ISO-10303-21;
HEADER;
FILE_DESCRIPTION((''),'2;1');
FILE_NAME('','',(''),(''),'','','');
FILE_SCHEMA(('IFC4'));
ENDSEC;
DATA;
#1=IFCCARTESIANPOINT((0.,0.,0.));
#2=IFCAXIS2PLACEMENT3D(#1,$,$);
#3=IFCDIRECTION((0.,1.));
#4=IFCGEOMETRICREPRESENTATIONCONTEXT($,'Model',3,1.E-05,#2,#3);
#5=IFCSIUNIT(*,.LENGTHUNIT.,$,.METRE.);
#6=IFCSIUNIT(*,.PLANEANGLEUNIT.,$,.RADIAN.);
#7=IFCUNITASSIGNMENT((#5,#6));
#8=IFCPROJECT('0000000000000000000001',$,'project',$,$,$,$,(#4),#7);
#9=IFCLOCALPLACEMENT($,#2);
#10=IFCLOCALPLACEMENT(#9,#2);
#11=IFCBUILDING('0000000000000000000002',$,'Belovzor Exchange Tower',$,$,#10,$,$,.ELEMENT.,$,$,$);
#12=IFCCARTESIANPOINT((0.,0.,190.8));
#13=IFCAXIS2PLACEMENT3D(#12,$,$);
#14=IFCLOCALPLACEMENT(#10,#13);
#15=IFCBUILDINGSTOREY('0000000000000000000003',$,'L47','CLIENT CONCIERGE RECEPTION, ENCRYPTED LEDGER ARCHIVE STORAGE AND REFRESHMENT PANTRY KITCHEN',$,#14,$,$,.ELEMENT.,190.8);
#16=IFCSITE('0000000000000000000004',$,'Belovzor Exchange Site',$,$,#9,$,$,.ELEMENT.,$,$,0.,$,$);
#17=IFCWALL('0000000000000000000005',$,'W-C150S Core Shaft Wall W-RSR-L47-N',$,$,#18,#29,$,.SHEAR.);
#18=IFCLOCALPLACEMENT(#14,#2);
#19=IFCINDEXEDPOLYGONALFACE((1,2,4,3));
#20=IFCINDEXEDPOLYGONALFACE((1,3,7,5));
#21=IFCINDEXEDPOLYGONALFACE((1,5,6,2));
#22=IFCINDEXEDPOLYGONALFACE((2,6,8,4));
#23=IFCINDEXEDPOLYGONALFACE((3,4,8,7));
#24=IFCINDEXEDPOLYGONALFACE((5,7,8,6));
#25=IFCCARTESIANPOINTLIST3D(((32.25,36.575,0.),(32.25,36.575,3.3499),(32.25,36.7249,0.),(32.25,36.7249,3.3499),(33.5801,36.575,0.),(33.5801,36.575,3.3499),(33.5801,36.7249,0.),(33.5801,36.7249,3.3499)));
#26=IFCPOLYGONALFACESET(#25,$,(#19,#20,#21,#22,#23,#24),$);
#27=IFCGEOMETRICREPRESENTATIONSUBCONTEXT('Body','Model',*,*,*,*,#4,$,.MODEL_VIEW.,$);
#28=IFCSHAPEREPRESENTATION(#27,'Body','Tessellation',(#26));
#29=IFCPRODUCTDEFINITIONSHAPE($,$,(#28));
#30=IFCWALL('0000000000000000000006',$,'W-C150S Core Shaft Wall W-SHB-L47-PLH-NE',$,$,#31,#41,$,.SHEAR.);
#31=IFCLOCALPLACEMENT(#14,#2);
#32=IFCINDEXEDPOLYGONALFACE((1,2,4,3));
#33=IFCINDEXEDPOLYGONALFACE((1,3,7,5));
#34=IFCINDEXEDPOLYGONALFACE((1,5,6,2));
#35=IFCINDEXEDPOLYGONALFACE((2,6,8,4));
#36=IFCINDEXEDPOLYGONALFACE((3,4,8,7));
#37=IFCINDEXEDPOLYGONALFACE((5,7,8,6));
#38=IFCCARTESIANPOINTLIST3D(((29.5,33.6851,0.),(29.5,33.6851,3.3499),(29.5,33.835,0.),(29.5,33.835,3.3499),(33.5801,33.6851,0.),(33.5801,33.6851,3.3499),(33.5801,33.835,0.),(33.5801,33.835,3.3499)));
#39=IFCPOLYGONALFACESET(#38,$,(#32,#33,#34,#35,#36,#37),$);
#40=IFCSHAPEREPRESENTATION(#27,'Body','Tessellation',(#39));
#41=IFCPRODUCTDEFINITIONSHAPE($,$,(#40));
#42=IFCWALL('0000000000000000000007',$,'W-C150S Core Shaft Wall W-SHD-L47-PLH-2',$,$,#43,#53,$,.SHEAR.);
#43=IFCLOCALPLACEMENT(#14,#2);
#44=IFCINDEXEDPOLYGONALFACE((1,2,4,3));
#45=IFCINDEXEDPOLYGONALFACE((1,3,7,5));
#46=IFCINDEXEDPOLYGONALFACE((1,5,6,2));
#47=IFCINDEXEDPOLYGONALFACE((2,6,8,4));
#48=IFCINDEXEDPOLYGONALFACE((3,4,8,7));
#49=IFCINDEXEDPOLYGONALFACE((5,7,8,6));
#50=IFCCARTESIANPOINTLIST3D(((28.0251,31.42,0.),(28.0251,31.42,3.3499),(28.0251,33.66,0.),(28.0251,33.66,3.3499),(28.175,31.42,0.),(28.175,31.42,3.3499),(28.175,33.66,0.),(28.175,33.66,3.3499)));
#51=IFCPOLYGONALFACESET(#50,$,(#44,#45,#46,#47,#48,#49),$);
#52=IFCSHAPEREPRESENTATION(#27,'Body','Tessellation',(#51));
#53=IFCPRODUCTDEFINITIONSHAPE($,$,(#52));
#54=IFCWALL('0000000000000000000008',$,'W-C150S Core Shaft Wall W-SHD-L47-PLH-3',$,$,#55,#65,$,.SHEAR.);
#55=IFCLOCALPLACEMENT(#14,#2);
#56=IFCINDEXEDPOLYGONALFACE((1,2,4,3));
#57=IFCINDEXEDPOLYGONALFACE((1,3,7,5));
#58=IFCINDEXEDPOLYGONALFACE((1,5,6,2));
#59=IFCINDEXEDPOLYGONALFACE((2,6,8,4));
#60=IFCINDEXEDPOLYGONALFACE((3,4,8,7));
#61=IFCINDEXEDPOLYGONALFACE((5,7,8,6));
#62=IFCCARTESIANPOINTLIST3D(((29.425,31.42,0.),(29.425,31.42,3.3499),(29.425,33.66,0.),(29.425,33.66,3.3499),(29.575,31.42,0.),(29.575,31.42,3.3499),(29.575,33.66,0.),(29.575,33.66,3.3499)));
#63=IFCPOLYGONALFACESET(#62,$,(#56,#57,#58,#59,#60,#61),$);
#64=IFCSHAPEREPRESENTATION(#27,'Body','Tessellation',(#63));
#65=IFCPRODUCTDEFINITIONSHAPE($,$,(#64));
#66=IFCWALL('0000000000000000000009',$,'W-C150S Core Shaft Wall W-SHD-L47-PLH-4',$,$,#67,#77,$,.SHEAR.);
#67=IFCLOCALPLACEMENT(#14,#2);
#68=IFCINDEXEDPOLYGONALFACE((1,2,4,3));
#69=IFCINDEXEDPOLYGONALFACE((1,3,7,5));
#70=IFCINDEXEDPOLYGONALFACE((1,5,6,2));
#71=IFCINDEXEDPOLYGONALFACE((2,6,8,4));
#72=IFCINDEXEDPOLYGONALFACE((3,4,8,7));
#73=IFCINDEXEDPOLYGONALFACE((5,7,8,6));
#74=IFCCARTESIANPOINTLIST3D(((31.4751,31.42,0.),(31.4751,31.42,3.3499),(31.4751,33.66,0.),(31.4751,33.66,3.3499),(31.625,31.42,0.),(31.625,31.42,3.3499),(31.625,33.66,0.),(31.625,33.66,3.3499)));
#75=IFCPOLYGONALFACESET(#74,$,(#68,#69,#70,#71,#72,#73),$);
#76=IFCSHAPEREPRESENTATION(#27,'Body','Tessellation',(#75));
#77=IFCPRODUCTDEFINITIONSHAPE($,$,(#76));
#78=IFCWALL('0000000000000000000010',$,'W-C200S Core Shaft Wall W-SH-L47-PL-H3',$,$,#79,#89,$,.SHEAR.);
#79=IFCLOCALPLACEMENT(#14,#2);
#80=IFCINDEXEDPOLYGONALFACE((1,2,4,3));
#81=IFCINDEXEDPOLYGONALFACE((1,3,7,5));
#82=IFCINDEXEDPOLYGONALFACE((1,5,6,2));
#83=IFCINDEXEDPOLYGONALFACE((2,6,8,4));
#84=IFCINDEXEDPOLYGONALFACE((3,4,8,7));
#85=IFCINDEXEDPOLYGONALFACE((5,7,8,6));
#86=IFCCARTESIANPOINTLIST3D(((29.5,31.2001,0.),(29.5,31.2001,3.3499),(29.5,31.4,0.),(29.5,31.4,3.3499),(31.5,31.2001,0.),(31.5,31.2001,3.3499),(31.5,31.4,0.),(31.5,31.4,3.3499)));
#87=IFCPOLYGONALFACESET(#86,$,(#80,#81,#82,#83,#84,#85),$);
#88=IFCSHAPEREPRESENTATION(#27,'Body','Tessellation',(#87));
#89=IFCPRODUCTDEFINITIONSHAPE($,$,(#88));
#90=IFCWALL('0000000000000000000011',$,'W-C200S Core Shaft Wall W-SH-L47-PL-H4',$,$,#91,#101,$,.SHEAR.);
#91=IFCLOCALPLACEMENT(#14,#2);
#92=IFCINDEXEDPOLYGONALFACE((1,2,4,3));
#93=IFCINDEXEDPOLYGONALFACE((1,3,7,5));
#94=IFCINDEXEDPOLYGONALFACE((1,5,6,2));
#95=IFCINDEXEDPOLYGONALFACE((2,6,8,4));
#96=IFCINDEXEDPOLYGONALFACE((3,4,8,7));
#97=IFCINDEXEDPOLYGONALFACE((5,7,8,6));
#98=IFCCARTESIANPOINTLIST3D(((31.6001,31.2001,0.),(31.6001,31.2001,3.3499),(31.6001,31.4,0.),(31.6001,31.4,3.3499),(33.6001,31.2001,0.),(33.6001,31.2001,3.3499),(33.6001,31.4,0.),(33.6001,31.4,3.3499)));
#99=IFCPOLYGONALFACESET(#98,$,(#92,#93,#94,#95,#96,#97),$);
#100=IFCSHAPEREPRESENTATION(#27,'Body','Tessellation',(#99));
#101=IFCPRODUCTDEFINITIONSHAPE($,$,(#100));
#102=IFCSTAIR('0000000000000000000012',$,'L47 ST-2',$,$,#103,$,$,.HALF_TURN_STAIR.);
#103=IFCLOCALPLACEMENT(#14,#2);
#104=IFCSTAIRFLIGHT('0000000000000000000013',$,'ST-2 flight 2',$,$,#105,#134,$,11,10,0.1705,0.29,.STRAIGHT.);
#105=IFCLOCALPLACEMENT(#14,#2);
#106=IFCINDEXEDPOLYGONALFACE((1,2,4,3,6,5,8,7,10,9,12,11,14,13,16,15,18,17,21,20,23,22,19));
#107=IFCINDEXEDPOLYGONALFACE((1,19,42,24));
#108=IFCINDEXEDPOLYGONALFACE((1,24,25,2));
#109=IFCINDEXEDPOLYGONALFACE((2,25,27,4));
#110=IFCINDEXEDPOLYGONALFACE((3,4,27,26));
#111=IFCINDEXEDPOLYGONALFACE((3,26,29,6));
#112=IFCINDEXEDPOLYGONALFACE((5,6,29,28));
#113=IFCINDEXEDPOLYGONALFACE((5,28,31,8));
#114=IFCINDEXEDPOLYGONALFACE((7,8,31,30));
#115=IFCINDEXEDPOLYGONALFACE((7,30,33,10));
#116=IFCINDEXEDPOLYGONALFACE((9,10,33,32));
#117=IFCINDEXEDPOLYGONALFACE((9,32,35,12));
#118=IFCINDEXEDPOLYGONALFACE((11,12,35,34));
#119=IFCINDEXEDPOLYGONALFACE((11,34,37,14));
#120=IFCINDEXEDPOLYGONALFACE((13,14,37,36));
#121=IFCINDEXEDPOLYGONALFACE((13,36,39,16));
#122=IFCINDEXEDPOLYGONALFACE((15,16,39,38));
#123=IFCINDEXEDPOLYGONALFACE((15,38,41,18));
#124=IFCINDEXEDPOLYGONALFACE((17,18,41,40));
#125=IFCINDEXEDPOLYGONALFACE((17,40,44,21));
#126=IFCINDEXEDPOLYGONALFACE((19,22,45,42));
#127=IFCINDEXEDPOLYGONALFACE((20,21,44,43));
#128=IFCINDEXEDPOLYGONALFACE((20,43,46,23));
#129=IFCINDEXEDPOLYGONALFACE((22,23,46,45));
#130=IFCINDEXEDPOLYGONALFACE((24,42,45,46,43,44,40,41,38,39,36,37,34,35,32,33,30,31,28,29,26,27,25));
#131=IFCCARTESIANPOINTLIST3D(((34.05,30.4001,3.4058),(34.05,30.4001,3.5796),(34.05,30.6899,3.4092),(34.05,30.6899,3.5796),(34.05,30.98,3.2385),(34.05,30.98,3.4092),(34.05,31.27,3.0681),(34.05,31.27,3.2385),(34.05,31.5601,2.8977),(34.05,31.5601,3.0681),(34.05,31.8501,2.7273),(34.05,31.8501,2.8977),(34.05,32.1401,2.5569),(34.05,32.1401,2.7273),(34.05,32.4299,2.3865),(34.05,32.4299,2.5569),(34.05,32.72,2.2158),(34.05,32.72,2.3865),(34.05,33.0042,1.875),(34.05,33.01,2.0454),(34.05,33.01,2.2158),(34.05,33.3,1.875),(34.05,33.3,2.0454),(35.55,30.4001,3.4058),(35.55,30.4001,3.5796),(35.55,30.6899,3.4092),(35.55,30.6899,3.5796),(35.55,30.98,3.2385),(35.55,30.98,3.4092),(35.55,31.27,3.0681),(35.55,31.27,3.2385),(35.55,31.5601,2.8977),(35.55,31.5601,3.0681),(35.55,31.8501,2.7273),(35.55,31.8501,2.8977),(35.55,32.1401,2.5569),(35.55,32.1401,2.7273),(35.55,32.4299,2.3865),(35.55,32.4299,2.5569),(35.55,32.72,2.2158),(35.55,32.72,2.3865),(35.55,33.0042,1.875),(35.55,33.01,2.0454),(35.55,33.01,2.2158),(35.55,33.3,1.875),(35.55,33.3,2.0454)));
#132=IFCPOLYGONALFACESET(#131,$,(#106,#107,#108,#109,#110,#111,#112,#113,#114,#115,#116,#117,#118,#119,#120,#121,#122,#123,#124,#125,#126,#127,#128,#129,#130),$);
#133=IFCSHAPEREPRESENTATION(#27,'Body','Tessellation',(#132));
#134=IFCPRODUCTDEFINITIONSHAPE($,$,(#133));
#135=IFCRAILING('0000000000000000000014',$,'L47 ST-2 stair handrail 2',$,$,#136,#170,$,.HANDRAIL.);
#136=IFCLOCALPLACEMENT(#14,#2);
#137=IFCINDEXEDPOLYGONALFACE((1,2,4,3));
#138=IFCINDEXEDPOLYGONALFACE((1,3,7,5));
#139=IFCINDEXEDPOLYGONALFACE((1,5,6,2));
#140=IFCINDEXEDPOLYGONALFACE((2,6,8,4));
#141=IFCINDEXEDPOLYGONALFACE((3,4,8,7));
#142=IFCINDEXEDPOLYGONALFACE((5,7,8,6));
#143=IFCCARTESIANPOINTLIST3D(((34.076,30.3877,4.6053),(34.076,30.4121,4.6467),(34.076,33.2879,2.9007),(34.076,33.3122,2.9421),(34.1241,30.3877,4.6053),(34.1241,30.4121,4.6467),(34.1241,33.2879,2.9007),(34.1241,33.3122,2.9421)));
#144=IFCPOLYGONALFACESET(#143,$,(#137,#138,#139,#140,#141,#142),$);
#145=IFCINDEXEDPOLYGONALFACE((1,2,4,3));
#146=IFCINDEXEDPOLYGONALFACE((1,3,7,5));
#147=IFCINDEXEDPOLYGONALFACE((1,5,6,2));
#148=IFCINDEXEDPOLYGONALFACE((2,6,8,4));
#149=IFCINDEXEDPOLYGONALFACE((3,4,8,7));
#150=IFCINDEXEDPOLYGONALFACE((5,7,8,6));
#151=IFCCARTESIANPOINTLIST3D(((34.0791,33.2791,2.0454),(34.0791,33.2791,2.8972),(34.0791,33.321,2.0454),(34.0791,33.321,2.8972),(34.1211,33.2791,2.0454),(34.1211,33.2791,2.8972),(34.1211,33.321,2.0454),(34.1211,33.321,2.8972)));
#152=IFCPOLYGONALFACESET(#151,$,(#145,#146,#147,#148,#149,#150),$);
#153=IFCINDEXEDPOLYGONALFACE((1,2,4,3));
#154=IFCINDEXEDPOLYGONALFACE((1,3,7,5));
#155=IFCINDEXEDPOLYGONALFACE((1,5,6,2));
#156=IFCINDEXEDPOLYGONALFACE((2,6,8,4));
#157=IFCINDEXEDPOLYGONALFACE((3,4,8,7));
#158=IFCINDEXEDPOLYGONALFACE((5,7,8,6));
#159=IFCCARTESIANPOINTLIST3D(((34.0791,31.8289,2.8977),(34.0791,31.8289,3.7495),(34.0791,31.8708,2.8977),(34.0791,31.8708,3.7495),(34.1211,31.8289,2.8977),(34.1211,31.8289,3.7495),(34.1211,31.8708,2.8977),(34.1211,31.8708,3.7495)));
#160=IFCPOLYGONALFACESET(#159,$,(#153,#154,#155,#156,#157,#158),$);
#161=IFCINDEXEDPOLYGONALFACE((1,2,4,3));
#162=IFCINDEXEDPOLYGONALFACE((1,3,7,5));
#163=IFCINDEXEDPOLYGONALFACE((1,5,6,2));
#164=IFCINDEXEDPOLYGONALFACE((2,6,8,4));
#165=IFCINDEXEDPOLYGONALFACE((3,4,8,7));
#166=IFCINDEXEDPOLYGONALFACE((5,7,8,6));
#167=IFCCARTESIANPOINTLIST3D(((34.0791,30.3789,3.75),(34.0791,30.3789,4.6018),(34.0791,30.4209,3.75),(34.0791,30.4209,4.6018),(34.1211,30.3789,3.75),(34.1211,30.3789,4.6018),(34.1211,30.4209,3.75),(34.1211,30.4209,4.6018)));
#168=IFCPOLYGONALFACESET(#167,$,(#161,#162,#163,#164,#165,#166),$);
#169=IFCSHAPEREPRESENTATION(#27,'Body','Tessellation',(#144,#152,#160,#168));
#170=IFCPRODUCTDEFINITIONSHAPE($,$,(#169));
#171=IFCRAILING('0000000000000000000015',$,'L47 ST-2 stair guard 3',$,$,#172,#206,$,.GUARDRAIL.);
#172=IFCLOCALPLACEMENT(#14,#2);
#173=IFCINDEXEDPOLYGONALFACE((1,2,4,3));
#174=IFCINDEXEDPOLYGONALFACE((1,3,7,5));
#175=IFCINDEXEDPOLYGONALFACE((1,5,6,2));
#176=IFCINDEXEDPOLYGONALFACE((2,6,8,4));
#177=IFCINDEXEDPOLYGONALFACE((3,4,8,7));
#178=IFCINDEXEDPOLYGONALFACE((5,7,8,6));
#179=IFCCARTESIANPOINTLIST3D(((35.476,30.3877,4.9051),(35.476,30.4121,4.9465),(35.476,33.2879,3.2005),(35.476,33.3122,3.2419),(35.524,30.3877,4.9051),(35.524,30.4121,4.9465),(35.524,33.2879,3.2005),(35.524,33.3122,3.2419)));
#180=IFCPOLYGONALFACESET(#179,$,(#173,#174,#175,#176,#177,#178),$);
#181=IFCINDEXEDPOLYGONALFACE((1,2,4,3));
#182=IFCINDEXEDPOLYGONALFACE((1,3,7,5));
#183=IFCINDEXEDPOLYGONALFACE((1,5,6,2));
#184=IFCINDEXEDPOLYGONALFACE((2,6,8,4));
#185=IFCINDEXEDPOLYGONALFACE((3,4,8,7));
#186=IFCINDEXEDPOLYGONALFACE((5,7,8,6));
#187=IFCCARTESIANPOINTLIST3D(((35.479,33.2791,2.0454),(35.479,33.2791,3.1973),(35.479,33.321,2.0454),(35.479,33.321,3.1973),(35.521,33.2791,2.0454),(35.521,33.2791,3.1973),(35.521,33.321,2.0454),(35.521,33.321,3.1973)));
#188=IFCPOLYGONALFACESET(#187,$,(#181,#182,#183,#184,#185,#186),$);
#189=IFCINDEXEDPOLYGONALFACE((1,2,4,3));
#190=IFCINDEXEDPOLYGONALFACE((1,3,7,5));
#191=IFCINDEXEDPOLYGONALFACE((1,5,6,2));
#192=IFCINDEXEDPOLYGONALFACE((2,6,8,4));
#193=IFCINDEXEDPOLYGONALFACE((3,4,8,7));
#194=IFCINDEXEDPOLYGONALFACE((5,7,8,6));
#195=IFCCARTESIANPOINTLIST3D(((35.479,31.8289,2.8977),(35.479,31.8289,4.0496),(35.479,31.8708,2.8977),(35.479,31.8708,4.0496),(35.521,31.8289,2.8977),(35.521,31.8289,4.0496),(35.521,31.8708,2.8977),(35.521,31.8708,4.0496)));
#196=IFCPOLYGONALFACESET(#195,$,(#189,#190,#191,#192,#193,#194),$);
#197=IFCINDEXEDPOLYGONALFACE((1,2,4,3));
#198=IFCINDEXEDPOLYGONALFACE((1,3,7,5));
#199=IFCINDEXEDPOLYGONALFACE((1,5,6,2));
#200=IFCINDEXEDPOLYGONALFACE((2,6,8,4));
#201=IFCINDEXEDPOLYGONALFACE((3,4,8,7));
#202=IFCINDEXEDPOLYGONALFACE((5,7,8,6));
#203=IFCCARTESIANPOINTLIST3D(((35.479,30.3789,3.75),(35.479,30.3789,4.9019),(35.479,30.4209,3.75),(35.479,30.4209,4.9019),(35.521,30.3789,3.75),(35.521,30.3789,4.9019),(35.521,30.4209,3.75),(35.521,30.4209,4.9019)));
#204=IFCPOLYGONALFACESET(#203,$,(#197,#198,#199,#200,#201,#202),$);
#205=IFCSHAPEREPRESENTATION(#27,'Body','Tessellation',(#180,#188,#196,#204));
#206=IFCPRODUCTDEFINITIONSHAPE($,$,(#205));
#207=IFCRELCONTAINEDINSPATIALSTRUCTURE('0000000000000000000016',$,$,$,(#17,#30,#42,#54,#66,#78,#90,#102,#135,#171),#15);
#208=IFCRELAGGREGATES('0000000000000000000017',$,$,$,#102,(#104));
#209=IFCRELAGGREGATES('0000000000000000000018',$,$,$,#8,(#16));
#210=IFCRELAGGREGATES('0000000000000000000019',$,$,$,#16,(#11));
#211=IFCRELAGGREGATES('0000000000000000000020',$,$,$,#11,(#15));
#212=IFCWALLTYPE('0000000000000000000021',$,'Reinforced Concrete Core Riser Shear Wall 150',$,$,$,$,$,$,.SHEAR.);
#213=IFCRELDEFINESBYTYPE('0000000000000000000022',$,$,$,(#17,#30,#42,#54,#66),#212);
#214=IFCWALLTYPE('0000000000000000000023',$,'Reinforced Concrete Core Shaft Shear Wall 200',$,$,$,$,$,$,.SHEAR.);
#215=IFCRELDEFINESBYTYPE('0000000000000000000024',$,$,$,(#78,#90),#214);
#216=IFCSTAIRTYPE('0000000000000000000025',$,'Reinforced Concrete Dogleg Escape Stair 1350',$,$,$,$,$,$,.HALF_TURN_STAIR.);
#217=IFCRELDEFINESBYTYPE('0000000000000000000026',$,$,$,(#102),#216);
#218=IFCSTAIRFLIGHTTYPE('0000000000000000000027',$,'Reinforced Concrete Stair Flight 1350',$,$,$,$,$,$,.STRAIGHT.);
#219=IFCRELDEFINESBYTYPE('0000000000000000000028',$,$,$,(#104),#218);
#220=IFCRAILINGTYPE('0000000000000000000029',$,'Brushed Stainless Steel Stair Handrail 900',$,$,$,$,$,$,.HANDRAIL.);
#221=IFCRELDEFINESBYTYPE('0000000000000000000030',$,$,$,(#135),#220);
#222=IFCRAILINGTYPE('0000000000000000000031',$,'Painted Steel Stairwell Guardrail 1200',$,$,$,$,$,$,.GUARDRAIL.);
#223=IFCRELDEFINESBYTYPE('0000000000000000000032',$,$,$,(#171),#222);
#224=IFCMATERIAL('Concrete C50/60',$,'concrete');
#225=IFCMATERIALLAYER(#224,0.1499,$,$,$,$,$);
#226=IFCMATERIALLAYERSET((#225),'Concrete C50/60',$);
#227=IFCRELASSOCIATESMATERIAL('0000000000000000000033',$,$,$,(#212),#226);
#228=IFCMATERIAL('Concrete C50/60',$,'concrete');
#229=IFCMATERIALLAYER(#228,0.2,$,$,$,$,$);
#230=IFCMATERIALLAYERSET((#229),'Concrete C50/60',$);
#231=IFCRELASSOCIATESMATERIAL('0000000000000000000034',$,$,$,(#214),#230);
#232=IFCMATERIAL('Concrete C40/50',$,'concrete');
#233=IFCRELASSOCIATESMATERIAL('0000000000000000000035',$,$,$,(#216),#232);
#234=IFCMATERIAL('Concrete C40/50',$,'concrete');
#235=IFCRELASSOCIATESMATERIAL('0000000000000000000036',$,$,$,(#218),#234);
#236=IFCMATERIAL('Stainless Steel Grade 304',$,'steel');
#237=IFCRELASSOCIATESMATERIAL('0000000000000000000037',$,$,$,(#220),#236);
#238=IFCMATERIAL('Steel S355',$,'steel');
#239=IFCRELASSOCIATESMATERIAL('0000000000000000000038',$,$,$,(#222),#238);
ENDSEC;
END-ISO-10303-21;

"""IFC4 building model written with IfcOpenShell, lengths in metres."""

from ifc_helpers import new_model, si_unit, direction, frame, frame_2d, origin, origin_2d, place, context, subcontext, project, spatial, polyline, rectangle, outline, extrude, material, layer, layer_set, type_object, element, aggregate, save


model = new_model("IFC4")

# Units and contexts
model_context = context("Model", 3, precision=1e-05, world=origin(), true_north=direction((0.0, 1.0)))
body_context = subcontext(model_context, "Body", "Model", "MODEL_VIEW")
ifc_project = project(units=[si_unit("LENGTHUNIT", "METRE"), si_unit("PLANEANGLEUNIT", "RADIAN")], contexts=[model_context])

# Site, building, storey
site_placement = place(None, origin())
site = spatial("IfcSite", under=ifc_project, at=site_placement, Name="Belovzor Exchange Site", CompositionType="ELEMENT", RefElevation=0.0)
building_placement = place(site_placement, origin())
building = spatial("IfcBuilding", under=site, at=building_placement, Name="Belovzor Exchange Tower", CompositionType="ELEMENT")
storey_placement = place(building_placement, frame((0.0, 0.0, 190.8)))
storey = spatial("IfcBuildingStorey", under=building, at=storey_placement, Name="L47", Description="CLIENT CONCIERGE RECEPTION, ENCRYPTED LEDGER ARCHIVE STORAGE AND REFRESHMENT PANTRY KITCHEN", CompositionType="ELEMENT", Elevation=190.8)

# Walls
ifc_material_1 = material(Name="Concrete C50/60", Category="concrete")
ifc_layer_1 = layer(ifc_material_1, 0.1499)
ifc_layer_set_1 = layer_set([ifc_layer_1], Name="Concrete C50/60")
wall_type_1 = type_object("IfcWallType", Name="Reinforced Concrete Core Riser Shear Wall 150", PredefinedType="SHEAR", material=ifc_layer_set_1)
for number, where, z_axis, x_axis, name in (
    (1, (32.25, 36.6499, 0.0), (0.0, 0.0, 1.0), (1.0, 0.0, 0.0), "W-C150S Core Shaft Wall W-RSR-L47-N"),
):
    element("IfcWall", number, at=place(storey_placement, frame(where, z_axis=z_axis, x_axis=x_axis)), inside=storey, type_object=wall_type_1, Name=name, PredefinedType="SHEAR", context=body_context, shape_type="SweptSolid", body=[
        extrude(rectangle(XDim=1.3301, YDim=0.1499, at=frame_2d((0.665, 0.0))), origin(), (0.0, 0.0, 1.0), 3.3499),
    ])
wall_1_placement = place(storey_placement, frame((29.5, 33.76, 0.0), z_axis=(0.0, 0.0, 1.0), x_axis=(1.0, 0.0, 0.0)))
element("IfcWall", 2, at=wall_1_placement, inside=storey, type_object=wall_type_1, Name="W-C150S Core Shaft Wall W-SHB-L47-PLH-NE", PredefinedType="SHEAR", context=body_context, shape_type="SweptSolid", body=[
    extrude(rectangle(XDim=4.0801, YDim=0.1499, at=frame_2d((2.04, 0.0))), origin(), (0.0, 0.0, 1.0), 3.3499),
])
for number, where, z_axis, x_axis, name in (
    (3, (28.1001, 31.4199, 0.0), (0.0, 0.0, 1.0), (0.0, 1.0, 0.0), "W-C150S Core Shaft Wall W-SHD-L47-PLH-2"),
    (4, (29.5, 31.4199, 0.0), (0.0, 0.0, 1.0), (0.0, 1.0, 0.0), "W-C150S Core Shaft Wall W-SHD-L47-PLH-3"),
    (5, (31.55, 31.4199, 0.0), (0.0, 0.0, 1.0), (0.0, 1.0, 0.0), "W-C150S Core Shaft Wall W-SHD-L47-PLH-4"),
):
    element("IfcWall", number, at=place(storey_placement, frame(where, z_axis=z_axis, x_axis=x_axis)), inside=storey, type_object=wall_type_1, Name=name, PredefinedType="SHEAR", context=body_context, shape_type="SweptSolid", body=[
        extrude(rectangle(XDim=2.24, YDim=0.1499, at=frame_2d((1.1201, 0.0))), origin(), (0.0, 0.0, 1.0), 3.3499),
    ])
ifc_material_2 = material(Name="Concrete C50/60", Category="concrete")
ifc_layer_2 = layer(ifc_material_2, 0.2)
ifc_layer_set_2 = layer_set([ifc_layer_2], Name="Concrete C50/60")
wall_type_2 = type_object("IfcWallType", Name="Reinforced Concrete Core Shaft Shear Wall 200", PredefinedType="SHEAR", material=ifc_layer_set_2)
for number, where, z_axis, x_axis, name in (
    (6, (29.5, 31.3, 0.0), (0.0, 0.0, 1.0), (1.0, 0.0, 0.0), "W-C200S Core Shaft Wall W-SH-L47-PL-H3"),
    (7, (31.6001, 31.3, 0.0), (0.0, 0.0, 1.0), (1.0, 0.0, 0.0), "W-C200S Core Shaft Wall W-SH-L47-PL-H4"),
):
    element("IfcWall", number, at=place(storey_placement, frame(where, z_axis=z_axis, x_axis=x_axis)), inside=storey, type_object=wall_type_2, Name=name, PredefinedType="SHEAR", context=body_context, shape_type="SweptSolid", body=[
        extrude(rectangle(XDim=2.0, YDim=0.2, at=frame_2d((1.0, 0.0))), origin(), (0.0, 0.0, 1.0), 3.3499),
    ])

# Stair, stair flight
ifc_material_3 = material(Name="Concrete C40/50", Category="concrete")
stair_type = type_object("IfcStairType", Name="Reinforced Concrete Dogleg Escape Stair 1350", PredefinedType="HALF_TURN_STAIR", material=ifc_material_3)
stair_placement = place(storey_placement, origin())
stair = element("IfcStair", 8, at=stair_placement, inside=storey, type_object=stair_type, Name="L47 ST-2", PredefinedType="HALF_TURN_STAIR")
ifc_material_4 = material(Name="Concrete C40/50", Category="concrete")
stair_flight_type = type_object("IfcStairFlightType", Name="Reinforced Concrete Stair Flight 1350", PredefinedType="STRAIGHT", material=ifc_material_4)
stair_flight_placement = place(storey_placement, frame((34.8, 33.3, 1.875), z_axis=(0.0, 0.0, 1.0), x_axis=(0.0, -1.0, 0.0)))
stair_flight = element("IfcStairFlight", 9, at=stair_flight_placement, type_object=stair_flight_type, Name="ST-2 flight 2", NumberOfRisers=11, NumberOfTreads=10, PredefinedType="STRAIGHT", RiserHeight=0.1705, TreadLength=0.29, context=body_context, shape_type="SweptSolid", body=[
    extrude(outline(polyline([(0.0, 0.0), (0.0, 0.1704), (0.29, 0.1704), (0.29, 0.3408), (0.5801, 0.3408), (0.5801, 0.5115), (0.8701, 0.5115), (0.8701, 0.6819), (1.1599, 0.6819), (1.1599, 0.8523), (1.45, 0.8523), (1.45, 1.0227), (1.74, 1.0227), (1.74, 1.1931), (2.03, 1.1931), (2.03, 1.3635), (2.3201, 1.3635), (2.3201, 1.5342), (2.6101, 1.5342), (2.6101, 1.7046), (2.8999, 1.7046), (2.8999, 1.875), (2.8999, 1.5308), (0.2959, 0.0), (0.0, 0.0)])), frame((0.0, 0.75, 0.0), z_axis=(0.0, -1.0, 0.0), x_axis=(1.0, 0.0, 0.0)), (0.0, 0.0, 1.0), 1.5),
])
aggregate(stair, [stair_flight])

# Railings
ifc_material_5 = material(Name="Stainless Steel Grade 304", Category="steel")
railing_type_1 = type_object("IfcRailingType", Name="Brushed Stainless Steel Stair Handrail 900", PredefinedType="HANDRAIL", material=ifc_material_5)
railing_1_placement = place(storey_placement, frame((34.1001, 33.3, 2.0454)))
element("IfcRailing", 10, at=railing_1_placement, inside=storey, type_object=railing_type_1, Name="L47 ST-2 stair handrail 2", PredefinedType="HANDRAIL", context=body_context, shape_type="SweptSolid", body=[
    extrude(rectangle(XDim=0.0481, YDim=0.0481, at=origin_2d()), frame((0.0, 0.0, 0.876), z_axis=(0.0, -0.862113, 0.506716), x_axis=(1.0, 0.0, 0.0)), (0.0, 0.0, 1.0), 3.364),
    extrude(rectangle(XDim=0.042, YDim=0.042, at=origin_2d()), origin(), (0.0, 0.0, 1.0), 0.8518),
    extrude(rectangle(XDim=0.042, YDim=0.042, at=origin_2d()), frame((0.0, -1.4502, 0.8523)), (0.0, 0.0, 1.0), 0.8518),
    extrude(rectangle(XDim=0.042, YDim=0.042, at=origin_2d()), frame((0.0, -2.9001, 1.7046)), (0.0, 0.0, 1.0), 0.8518),
])
ifc_material_6 = material(Name="Steel S355", Category="steel")
railing_type_2 = type_object("IfcRailingType", Name="Painted Steel Stairwell Guardrail 1200", PredefinedType="GUARDRAIL", material=ifc_material_6)
railing_2_placement = place(storey_placement, frame((35.5, 33.3, 2.0454)))
element("IfcRailing", 11, at=railing_2_placement, inside=storey, type_object=railing_type_2, Name="L47 ST-2 stair guard 3", PredefinedType="GUARDRAIL", context=body_context, shape_type="SweptSolid", body=[
    extrude(rectangle(XDim=0.0481, YDim=0.0481, at=origin_2d()), frame((0.0, 0.0, 1.1758), z_axis=(0.0, -0.862113, 0.506716), x_axis=(1.0, 0.0, 0.0)), (0.0, 0.0, 1.0), 3.364),
    extrude(rectangle(XDim=0.042, YDim=0.042, at=origin_2d()), origin(), (0.0, 0.0, 1.0), 1.1519),
    extrude(rectangle(XDim=0.042, YDim=0.042, at=origin_2d()), frame((0.0, -1.4502, 0.8523)), (0.0, 0.0, 1.0), 1.1519),
    extrude(rectangle(XDim=0.042, YDim=0.042, at=origin_2d()), frame((0.0, -2.9001, 1.7046)), (0.0, 0.0, 1.0), 1.1519),
])

save(model, "model.ifc")
